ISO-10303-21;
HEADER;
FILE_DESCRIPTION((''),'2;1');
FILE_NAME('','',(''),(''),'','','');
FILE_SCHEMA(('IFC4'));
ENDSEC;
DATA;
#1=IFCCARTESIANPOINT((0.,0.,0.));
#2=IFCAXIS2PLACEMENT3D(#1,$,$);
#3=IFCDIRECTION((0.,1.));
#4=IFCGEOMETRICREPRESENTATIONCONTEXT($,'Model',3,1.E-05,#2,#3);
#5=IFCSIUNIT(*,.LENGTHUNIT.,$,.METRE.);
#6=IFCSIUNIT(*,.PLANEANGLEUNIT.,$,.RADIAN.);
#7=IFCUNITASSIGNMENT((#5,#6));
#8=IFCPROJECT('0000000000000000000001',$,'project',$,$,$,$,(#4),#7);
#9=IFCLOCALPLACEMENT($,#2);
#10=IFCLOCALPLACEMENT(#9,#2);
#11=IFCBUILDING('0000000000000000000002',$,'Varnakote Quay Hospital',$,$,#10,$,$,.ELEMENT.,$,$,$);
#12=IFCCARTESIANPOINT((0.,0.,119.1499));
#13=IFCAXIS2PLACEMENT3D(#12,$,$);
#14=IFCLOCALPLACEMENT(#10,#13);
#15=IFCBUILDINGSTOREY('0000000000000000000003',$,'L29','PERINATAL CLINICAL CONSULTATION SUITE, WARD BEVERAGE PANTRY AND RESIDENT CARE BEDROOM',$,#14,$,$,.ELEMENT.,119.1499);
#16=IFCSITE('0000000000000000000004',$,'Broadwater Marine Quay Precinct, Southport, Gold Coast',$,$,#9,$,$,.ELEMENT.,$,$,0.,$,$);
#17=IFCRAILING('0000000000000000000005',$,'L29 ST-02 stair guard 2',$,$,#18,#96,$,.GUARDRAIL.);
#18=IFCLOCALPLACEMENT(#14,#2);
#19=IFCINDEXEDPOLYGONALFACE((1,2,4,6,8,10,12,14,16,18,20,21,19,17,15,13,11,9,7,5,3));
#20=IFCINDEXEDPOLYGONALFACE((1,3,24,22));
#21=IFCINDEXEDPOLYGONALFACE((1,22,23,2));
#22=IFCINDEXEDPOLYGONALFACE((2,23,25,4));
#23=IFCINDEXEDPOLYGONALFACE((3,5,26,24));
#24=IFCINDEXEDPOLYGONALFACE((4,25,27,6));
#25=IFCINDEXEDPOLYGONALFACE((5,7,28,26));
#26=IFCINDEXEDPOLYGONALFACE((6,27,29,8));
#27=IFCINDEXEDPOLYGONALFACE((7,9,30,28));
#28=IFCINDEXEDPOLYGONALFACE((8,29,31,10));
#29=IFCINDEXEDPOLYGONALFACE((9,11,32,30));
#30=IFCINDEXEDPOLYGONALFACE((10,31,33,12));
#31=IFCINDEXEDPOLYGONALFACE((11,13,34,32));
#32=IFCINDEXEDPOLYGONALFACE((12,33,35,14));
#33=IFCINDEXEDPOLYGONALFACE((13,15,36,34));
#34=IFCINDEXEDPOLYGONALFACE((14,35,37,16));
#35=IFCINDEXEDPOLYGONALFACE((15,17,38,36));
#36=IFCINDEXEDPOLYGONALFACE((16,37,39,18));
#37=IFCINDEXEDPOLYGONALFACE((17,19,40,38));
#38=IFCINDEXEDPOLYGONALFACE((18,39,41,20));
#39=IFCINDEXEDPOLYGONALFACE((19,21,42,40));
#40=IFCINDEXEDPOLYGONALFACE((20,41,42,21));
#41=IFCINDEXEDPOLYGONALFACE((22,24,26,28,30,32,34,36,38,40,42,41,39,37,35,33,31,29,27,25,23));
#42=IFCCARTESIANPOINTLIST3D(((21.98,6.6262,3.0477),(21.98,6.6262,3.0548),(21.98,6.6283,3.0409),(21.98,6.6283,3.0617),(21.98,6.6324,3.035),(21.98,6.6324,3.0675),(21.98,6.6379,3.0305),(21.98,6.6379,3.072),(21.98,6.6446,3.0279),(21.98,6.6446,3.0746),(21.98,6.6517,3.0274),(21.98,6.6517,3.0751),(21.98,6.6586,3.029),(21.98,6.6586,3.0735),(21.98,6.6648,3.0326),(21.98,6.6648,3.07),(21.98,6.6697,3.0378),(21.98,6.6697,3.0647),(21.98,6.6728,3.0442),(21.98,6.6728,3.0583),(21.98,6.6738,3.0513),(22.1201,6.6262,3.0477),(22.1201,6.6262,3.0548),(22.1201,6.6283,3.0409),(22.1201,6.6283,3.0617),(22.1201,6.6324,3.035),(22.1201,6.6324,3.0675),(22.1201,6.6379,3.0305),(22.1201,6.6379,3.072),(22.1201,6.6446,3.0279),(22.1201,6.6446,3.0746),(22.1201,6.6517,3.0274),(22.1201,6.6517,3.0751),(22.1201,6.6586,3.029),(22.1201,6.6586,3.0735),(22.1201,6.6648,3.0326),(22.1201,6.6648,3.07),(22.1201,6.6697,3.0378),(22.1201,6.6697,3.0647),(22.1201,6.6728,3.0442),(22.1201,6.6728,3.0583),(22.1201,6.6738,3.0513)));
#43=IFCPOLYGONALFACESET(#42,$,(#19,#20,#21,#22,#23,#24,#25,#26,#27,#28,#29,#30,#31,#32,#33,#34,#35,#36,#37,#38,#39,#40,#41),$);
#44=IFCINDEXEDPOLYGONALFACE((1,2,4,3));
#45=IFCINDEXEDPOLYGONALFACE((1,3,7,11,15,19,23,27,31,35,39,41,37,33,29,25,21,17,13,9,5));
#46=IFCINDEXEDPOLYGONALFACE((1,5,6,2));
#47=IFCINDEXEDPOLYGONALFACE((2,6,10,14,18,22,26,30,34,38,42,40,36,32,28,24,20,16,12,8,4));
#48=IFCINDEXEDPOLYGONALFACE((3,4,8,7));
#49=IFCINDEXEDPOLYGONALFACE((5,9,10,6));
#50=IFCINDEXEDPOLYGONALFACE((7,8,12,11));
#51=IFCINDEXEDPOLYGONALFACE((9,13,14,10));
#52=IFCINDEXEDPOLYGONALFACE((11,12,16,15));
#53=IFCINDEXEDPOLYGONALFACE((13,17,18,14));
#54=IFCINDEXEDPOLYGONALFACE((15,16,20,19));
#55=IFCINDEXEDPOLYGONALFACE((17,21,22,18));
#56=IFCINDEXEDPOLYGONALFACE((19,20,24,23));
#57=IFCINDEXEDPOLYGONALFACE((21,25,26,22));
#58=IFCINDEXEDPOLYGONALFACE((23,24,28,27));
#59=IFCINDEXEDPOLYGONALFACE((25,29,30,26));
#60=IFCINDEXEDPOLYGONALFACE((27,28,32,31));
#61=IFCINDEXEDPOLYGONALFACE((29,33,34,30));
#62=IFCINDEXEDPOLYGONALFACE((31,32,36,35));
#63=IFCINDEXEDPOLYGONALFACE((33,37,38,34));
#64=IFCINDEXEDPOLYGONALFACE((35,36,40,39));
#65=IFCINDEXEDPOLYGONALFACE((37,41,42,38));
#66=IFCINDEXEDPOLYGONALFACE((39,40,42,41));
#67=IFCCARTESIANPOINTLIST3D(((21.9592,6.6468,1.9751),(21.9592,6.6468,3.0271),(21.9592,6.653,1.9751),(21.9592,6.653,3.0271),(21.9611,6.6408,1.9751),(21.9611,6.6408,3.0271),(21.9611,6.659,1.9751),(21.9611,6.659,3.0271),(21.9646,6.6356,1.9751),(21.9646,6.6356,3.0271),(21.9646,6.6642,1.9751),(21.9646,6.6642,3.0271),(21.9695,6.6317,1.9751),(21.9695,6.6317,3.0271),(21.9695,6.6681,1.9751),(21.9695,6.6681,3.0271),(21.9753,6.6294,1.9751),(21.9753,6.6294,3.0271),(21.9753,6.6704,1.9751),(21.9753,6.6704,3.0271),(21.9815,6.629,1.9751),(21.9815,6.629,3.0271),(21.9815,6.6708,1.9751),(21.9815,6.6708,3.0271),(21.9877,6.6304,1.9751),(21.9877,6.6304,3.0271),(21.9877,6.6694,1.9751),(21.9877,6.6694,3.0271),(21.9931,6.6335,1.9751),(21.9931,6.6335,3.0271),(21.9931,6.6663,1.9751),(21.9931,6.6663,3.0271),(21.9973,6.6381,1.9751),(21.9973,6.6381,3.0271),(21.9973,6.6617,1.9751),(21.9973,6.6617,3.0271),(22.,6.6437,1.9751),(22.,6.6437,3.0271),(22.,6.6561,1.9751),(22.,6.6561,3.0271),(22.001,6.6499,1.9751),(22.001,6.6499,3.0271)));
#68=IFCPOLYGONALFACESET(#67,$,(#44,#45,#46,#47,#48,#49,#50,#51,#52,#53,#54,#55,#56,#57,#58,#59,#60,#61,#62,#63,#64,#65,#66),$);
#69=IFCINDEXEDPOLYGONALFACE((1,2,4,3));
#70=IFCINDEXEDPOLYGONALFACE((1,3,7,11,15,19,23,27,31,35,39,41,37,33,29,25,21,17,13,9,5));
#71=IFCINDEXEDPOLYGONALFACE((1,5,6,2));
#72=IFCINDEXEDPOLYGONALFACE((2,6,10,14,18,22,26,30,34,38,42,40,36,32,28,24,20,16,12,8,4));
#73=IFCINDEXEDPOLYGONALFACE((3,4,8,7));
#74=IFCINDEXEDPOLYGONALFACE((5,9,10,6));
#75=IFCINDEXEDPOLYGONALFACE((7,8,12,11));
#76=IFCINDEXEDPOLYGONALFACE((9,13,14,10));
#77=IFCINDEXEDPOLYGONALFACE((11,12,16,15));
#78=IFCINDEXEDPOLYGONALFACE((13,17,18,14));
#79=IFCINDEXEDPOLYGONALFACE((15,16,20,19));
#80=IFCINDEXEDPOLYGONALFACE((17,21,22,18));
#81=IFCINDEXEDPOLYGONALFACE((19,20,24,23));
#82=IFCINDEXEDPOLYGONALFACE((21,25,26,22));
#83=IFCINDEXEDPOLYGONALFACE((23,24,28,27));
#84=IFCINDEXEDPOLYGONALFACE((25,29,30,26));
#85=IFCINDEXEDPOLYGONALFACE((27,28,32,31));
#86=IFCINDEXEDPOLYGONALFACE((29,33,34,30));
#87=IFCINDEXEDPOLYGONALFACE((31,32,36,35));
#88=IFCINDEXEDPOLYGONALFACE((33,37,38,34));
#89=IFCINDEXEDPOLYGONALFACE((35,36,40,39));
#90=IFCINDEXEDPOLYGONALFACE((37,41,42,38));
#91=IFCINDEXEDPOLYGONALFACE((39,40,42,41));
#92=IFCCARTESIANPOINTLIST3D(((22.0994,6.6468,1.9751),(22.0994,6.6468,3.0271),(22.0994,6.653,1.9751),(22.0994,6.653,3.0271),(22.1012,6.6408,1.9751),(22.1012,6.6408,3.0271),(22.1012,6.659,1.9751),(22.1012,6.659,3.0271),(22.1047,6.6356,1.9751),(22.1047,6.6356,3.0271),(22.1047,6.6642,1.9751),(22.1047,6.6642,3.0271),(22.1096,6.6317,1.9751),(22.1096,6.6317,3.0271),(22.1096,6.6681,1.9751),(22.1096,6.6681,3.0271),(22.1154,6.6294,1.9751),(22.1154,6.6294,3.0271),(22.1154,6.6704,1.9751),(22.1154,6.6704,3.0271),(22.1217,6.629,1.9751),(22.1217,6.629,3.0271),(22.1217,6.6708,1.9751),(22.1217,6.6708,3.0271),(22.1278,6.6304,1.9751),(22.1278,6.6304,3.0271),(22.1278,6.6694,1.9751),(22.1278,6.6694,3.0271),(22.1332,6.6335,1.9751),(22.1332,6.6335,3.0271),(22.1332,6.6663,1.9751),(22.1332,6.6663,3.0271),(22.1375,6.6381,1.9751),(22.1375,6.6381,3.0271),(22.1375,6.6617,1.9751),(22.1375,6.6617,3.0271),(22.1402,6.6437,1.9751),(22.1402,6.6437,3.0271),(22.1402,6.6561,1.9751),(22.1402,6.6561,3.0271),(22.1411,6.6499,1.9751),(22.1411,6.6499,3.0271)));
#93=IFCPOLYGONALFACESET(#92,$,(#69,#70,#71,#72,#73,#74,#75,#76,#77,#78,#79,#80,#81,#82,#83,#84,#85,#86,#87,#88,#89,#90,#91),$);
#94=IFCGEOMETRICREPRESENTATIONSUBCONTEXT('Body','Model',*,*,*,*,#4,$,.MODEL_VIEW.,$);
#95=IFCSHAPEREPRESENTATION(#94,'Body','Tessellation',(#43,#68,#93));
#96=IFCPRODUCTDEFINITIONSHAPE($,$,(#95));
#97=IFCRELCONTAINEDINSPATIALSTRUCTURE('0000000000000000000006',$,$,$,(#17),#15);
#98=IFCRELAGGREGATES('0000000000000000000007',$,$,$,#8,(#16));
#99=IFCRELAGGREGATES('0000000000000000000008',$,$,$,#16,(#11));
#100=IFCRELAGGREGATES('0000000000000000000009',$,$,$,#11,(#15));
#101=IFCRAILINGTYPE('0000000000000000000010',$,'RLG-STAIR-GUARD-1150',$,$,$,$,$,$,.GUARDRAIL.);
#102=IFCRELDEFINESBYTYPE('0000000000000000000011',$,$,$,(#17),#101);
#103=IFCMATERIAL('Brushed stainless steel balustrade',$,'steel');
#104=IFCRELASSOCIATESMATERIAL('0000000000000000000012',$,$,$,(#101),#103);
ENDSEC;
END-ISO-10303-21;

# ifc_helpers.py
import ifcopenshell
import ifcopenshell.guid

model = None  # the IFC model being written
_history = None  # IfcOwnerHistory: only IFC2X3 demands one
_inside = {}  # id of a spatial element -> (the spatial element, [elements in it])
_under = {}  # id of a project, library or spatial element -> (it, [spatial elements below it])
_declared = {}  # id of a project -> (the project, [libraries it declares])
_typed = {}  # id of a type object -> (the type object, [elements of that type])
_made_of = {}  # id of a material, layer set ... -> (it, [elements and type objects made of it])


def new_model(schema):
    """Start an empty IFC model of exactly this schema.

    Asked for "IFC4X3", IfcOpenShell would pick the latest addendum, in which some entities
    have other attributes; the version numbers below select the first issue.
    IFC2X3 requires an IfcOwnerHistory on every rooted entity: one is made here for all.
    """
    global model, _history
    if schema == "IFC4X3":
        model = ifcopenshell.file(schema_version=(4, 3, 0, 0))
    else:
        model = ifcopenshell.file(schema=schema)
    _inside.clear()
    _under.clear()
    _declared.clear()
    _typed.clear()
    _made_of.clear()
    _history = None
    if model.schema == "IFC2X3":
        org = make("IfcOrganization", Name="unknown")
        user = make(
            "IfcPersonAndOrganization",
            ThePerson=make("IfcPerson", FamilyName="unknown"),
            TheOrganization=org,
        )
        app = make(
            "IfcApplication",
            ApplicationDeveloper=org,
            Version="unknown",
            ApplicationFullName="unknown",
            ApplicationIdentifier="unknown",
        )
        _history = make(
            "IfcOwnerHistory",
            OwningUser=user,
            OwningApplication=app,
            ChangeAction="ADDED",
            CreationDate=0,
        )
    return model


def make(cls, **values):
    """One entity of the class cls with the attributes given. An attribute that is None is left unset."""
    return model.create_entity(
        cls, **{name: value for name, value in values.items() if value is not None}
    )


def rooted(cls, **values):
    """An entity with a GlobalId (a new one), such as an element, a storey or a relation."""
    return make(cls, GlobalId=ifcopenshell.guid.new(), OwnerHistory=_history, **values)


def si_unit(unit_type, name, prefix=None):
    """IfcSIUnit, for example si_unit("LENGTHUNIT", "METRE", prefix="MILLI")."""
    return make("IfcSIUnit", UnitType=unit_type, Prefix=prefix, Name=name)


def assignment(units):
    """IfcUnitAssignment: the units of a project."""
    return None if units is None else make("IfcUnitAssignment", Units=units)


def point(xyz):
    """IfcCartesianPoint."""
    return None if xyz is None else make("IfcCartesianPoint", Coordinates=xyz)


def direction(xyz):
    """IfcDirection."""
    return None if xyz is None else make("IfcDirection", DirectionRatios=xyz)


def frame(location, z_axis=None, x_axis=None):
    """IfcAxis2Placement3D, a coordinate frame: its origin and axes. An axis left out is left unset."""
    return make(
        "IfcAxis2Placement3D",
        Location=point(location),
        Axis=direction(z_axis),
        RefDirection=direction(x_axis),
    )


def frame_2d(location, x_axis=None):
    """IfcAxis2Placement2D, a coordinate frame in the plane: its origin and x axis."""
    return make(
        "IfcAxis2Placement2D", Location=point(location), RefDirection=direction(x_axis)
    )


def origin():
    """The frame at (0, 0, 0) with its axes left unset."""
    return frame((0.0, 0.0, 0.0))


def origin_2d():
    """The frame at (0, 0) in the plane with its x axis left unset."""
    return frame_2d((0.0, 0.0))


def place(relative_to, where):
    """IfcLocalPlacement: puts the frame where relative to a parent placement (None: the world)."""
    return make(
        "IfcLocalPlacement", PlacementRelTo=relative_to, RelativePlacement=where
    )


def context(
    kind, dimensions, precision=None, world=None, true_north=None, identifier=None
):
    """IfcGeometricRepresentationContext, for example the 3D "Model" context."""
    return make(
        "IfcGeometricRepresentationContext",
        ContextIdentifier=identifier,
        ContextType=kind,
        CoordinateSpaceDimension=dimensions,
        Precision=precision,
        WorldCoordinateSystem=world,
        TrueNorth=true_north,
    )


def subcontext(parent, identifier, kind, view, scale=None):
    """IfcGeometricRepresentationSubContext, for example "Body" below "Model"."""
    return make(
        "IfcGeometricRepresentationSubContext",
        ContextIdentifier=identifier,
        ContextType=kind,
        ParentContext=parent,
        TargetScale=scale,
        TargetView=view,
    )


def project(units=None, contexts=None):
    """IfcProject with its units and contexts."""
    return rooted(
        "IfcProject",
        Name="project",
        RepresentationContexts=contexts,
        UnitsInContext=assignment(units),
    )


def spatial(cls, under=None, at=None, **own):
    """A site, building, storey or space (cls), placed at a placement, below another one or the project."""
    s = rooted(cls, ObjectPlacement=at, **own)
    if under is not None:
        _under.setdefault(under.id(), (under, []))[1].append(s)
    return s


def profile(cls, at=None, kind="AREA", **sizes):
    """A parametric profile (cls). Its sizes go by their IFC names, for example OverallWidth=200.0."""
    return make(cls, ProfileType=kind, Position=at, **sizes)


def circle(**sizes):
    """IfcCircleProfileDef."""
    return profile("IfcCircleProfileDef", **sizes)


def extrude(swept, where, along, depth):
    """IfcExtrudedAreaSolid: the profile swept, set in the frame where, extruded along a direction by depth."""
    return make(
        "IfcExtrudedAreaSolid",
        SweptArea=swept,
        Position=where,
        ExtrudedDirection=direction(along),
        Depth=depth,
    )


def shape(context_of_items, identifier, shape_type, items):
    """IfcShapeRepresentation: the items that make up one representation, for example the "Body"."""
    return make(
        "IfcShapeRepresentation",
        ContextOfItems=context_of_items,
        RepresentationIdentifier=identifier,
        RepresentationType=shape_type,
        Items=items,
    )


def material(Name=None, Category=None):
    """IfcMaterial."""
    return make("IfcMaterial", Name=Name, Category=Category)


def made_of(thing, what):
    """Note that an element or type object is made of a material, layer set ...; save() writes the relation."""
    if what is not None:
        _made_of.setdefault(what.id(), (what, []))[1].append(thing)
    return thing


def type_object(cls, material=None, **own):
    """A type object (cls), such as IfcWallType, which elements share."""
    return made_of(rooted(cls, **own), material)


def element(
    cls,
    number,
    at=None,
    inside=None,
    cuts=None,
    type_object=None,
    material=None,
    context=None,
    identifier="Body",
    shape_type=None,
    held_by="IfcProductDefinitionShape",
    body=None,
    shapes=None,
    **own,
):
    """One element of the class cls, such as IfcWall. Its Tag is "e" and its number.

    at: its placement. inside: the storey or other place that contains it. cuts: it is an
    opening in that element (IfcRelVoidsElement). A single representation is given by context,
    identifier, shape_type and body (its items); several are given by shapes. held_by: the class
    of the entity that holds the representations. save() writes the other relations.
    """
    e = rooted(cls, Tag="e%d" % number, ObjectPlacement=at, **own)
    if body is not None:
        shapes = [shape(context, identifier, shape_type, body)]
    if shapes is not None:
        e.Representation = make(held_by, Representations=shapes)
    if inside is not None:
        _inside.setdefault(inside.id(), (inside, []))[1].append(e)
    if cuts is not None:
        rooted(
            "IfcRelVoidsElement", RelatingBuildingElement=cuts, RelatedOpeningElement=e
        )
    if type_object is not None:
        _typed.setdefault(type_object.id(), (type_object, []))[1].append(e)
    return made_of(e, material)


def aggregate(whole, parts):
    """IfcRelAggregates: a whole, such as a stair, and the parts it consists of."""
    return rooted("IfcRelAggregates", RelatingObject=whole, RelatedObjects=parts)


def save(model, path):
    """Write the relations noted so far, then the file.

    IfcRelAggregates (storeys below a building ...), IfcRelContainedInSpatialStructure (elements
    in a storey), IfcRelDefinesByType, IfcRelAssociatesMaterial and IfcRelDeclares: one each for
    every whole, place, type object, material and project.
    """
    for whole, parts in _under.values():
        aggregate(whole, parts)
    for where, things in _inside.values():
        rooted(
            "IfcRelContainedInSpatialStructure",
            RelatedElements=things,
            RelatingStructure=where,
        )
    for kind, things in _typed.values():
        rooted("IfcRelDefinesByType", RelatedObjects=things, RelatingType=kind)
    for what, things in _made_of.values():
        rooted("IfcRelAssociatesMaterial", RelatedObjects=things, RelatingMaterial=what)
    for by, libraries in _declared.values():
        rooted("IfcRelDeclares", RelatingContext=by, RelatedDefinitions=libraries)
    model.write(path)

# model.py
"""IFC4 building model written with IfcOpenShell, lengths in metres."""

from ifc_helpers import new_model, si_unit, direction, frame, origin, origin_2d, place, context, subcontext, project, spatial, circle, extrude, material, type_object, element, save


model = new_model("IFC4")

# Units and contexts
model_context = context("Model", 3, precision=1e-05, world=origin(), true_north=direction((0.0, 1.0)))
body_context = subcontext(model_context, "Body", "Model", "MODEL_VIEW")
ifc_project = project(units=[si_unit("LENGTHUNIT", "METRE"), si_unit("PLANEANGLEUNIT", "RADIAN")], contexts=[model_context])

# Site, building, storey
site_placement = place(None, origin())
site = spatial("IfcSite", under=ifc_project, at=site_placement, Name="Broadwater Marine Quay Precinct, Southport, Gold Coast", CompositionType="ELEMENT", RefElevation=0.0)
building_placement = place(site_placement, origin())
building = spatial("IfcBuilding", under=site, at=building_placement, Name="Varnakote Quay Hospital", CompositionType="ELEMENT")
storey_placement = place(building_placement, frame((0.0, 0.0, 119.1499)))
storey = spatial("IfcBuildingStorey", under=building, at=storey_placement, Name="L29", Description="PERINATAL CLINICAL CONSULTATION SUITE, WARD BEVERAGE PANTRY AND RESIDENT CARE BEDROOM", CompositionType="ELEMENT", Elevation=119.1499)

# Railing
ifc_material_1 = material(Name="Brushed stainless steel balustrade", Category="steel")
railing_type_1 = type_object("IfcRailingType", Name="RLG-STAIR-GUARD-1150", PredefinedType="GUARDRAIL", material=ifc_material_1)
railing_1_placement = place(storey_placement, frame((21.98, 6.6499, 1.9751)))
element("IfcRailing", 1, at=railing_1_placement, inside=storey, type_object=railing_type_1, Name="L29 ST-02 stair guard 2", PredefinedType="GUARDRAIL", context=body_context, shape_type="SweptSolid", body=[
    extrude(circle(Radius=0.0239, at=origin_2d()), frame((0.0, 0.0, 1.0762), z_axis=(1.0, 0.0, 0.0), x_axis=(0.0, 1.0, 0.0)), (0.0, 0.0, 1.0), 0.1401),
    extrude(circle(Radius=0.021, at=origin_2d()), origin(), (0.0, 0.0, 1.0), 1.052),
    extrude(circle(Radius=0.021, at=origin_2d()), frame((0.1401, 0.0, 0.0)), (0.0, 0.0, 1.0), 1.052),
])

save(model, "model.ifc")
